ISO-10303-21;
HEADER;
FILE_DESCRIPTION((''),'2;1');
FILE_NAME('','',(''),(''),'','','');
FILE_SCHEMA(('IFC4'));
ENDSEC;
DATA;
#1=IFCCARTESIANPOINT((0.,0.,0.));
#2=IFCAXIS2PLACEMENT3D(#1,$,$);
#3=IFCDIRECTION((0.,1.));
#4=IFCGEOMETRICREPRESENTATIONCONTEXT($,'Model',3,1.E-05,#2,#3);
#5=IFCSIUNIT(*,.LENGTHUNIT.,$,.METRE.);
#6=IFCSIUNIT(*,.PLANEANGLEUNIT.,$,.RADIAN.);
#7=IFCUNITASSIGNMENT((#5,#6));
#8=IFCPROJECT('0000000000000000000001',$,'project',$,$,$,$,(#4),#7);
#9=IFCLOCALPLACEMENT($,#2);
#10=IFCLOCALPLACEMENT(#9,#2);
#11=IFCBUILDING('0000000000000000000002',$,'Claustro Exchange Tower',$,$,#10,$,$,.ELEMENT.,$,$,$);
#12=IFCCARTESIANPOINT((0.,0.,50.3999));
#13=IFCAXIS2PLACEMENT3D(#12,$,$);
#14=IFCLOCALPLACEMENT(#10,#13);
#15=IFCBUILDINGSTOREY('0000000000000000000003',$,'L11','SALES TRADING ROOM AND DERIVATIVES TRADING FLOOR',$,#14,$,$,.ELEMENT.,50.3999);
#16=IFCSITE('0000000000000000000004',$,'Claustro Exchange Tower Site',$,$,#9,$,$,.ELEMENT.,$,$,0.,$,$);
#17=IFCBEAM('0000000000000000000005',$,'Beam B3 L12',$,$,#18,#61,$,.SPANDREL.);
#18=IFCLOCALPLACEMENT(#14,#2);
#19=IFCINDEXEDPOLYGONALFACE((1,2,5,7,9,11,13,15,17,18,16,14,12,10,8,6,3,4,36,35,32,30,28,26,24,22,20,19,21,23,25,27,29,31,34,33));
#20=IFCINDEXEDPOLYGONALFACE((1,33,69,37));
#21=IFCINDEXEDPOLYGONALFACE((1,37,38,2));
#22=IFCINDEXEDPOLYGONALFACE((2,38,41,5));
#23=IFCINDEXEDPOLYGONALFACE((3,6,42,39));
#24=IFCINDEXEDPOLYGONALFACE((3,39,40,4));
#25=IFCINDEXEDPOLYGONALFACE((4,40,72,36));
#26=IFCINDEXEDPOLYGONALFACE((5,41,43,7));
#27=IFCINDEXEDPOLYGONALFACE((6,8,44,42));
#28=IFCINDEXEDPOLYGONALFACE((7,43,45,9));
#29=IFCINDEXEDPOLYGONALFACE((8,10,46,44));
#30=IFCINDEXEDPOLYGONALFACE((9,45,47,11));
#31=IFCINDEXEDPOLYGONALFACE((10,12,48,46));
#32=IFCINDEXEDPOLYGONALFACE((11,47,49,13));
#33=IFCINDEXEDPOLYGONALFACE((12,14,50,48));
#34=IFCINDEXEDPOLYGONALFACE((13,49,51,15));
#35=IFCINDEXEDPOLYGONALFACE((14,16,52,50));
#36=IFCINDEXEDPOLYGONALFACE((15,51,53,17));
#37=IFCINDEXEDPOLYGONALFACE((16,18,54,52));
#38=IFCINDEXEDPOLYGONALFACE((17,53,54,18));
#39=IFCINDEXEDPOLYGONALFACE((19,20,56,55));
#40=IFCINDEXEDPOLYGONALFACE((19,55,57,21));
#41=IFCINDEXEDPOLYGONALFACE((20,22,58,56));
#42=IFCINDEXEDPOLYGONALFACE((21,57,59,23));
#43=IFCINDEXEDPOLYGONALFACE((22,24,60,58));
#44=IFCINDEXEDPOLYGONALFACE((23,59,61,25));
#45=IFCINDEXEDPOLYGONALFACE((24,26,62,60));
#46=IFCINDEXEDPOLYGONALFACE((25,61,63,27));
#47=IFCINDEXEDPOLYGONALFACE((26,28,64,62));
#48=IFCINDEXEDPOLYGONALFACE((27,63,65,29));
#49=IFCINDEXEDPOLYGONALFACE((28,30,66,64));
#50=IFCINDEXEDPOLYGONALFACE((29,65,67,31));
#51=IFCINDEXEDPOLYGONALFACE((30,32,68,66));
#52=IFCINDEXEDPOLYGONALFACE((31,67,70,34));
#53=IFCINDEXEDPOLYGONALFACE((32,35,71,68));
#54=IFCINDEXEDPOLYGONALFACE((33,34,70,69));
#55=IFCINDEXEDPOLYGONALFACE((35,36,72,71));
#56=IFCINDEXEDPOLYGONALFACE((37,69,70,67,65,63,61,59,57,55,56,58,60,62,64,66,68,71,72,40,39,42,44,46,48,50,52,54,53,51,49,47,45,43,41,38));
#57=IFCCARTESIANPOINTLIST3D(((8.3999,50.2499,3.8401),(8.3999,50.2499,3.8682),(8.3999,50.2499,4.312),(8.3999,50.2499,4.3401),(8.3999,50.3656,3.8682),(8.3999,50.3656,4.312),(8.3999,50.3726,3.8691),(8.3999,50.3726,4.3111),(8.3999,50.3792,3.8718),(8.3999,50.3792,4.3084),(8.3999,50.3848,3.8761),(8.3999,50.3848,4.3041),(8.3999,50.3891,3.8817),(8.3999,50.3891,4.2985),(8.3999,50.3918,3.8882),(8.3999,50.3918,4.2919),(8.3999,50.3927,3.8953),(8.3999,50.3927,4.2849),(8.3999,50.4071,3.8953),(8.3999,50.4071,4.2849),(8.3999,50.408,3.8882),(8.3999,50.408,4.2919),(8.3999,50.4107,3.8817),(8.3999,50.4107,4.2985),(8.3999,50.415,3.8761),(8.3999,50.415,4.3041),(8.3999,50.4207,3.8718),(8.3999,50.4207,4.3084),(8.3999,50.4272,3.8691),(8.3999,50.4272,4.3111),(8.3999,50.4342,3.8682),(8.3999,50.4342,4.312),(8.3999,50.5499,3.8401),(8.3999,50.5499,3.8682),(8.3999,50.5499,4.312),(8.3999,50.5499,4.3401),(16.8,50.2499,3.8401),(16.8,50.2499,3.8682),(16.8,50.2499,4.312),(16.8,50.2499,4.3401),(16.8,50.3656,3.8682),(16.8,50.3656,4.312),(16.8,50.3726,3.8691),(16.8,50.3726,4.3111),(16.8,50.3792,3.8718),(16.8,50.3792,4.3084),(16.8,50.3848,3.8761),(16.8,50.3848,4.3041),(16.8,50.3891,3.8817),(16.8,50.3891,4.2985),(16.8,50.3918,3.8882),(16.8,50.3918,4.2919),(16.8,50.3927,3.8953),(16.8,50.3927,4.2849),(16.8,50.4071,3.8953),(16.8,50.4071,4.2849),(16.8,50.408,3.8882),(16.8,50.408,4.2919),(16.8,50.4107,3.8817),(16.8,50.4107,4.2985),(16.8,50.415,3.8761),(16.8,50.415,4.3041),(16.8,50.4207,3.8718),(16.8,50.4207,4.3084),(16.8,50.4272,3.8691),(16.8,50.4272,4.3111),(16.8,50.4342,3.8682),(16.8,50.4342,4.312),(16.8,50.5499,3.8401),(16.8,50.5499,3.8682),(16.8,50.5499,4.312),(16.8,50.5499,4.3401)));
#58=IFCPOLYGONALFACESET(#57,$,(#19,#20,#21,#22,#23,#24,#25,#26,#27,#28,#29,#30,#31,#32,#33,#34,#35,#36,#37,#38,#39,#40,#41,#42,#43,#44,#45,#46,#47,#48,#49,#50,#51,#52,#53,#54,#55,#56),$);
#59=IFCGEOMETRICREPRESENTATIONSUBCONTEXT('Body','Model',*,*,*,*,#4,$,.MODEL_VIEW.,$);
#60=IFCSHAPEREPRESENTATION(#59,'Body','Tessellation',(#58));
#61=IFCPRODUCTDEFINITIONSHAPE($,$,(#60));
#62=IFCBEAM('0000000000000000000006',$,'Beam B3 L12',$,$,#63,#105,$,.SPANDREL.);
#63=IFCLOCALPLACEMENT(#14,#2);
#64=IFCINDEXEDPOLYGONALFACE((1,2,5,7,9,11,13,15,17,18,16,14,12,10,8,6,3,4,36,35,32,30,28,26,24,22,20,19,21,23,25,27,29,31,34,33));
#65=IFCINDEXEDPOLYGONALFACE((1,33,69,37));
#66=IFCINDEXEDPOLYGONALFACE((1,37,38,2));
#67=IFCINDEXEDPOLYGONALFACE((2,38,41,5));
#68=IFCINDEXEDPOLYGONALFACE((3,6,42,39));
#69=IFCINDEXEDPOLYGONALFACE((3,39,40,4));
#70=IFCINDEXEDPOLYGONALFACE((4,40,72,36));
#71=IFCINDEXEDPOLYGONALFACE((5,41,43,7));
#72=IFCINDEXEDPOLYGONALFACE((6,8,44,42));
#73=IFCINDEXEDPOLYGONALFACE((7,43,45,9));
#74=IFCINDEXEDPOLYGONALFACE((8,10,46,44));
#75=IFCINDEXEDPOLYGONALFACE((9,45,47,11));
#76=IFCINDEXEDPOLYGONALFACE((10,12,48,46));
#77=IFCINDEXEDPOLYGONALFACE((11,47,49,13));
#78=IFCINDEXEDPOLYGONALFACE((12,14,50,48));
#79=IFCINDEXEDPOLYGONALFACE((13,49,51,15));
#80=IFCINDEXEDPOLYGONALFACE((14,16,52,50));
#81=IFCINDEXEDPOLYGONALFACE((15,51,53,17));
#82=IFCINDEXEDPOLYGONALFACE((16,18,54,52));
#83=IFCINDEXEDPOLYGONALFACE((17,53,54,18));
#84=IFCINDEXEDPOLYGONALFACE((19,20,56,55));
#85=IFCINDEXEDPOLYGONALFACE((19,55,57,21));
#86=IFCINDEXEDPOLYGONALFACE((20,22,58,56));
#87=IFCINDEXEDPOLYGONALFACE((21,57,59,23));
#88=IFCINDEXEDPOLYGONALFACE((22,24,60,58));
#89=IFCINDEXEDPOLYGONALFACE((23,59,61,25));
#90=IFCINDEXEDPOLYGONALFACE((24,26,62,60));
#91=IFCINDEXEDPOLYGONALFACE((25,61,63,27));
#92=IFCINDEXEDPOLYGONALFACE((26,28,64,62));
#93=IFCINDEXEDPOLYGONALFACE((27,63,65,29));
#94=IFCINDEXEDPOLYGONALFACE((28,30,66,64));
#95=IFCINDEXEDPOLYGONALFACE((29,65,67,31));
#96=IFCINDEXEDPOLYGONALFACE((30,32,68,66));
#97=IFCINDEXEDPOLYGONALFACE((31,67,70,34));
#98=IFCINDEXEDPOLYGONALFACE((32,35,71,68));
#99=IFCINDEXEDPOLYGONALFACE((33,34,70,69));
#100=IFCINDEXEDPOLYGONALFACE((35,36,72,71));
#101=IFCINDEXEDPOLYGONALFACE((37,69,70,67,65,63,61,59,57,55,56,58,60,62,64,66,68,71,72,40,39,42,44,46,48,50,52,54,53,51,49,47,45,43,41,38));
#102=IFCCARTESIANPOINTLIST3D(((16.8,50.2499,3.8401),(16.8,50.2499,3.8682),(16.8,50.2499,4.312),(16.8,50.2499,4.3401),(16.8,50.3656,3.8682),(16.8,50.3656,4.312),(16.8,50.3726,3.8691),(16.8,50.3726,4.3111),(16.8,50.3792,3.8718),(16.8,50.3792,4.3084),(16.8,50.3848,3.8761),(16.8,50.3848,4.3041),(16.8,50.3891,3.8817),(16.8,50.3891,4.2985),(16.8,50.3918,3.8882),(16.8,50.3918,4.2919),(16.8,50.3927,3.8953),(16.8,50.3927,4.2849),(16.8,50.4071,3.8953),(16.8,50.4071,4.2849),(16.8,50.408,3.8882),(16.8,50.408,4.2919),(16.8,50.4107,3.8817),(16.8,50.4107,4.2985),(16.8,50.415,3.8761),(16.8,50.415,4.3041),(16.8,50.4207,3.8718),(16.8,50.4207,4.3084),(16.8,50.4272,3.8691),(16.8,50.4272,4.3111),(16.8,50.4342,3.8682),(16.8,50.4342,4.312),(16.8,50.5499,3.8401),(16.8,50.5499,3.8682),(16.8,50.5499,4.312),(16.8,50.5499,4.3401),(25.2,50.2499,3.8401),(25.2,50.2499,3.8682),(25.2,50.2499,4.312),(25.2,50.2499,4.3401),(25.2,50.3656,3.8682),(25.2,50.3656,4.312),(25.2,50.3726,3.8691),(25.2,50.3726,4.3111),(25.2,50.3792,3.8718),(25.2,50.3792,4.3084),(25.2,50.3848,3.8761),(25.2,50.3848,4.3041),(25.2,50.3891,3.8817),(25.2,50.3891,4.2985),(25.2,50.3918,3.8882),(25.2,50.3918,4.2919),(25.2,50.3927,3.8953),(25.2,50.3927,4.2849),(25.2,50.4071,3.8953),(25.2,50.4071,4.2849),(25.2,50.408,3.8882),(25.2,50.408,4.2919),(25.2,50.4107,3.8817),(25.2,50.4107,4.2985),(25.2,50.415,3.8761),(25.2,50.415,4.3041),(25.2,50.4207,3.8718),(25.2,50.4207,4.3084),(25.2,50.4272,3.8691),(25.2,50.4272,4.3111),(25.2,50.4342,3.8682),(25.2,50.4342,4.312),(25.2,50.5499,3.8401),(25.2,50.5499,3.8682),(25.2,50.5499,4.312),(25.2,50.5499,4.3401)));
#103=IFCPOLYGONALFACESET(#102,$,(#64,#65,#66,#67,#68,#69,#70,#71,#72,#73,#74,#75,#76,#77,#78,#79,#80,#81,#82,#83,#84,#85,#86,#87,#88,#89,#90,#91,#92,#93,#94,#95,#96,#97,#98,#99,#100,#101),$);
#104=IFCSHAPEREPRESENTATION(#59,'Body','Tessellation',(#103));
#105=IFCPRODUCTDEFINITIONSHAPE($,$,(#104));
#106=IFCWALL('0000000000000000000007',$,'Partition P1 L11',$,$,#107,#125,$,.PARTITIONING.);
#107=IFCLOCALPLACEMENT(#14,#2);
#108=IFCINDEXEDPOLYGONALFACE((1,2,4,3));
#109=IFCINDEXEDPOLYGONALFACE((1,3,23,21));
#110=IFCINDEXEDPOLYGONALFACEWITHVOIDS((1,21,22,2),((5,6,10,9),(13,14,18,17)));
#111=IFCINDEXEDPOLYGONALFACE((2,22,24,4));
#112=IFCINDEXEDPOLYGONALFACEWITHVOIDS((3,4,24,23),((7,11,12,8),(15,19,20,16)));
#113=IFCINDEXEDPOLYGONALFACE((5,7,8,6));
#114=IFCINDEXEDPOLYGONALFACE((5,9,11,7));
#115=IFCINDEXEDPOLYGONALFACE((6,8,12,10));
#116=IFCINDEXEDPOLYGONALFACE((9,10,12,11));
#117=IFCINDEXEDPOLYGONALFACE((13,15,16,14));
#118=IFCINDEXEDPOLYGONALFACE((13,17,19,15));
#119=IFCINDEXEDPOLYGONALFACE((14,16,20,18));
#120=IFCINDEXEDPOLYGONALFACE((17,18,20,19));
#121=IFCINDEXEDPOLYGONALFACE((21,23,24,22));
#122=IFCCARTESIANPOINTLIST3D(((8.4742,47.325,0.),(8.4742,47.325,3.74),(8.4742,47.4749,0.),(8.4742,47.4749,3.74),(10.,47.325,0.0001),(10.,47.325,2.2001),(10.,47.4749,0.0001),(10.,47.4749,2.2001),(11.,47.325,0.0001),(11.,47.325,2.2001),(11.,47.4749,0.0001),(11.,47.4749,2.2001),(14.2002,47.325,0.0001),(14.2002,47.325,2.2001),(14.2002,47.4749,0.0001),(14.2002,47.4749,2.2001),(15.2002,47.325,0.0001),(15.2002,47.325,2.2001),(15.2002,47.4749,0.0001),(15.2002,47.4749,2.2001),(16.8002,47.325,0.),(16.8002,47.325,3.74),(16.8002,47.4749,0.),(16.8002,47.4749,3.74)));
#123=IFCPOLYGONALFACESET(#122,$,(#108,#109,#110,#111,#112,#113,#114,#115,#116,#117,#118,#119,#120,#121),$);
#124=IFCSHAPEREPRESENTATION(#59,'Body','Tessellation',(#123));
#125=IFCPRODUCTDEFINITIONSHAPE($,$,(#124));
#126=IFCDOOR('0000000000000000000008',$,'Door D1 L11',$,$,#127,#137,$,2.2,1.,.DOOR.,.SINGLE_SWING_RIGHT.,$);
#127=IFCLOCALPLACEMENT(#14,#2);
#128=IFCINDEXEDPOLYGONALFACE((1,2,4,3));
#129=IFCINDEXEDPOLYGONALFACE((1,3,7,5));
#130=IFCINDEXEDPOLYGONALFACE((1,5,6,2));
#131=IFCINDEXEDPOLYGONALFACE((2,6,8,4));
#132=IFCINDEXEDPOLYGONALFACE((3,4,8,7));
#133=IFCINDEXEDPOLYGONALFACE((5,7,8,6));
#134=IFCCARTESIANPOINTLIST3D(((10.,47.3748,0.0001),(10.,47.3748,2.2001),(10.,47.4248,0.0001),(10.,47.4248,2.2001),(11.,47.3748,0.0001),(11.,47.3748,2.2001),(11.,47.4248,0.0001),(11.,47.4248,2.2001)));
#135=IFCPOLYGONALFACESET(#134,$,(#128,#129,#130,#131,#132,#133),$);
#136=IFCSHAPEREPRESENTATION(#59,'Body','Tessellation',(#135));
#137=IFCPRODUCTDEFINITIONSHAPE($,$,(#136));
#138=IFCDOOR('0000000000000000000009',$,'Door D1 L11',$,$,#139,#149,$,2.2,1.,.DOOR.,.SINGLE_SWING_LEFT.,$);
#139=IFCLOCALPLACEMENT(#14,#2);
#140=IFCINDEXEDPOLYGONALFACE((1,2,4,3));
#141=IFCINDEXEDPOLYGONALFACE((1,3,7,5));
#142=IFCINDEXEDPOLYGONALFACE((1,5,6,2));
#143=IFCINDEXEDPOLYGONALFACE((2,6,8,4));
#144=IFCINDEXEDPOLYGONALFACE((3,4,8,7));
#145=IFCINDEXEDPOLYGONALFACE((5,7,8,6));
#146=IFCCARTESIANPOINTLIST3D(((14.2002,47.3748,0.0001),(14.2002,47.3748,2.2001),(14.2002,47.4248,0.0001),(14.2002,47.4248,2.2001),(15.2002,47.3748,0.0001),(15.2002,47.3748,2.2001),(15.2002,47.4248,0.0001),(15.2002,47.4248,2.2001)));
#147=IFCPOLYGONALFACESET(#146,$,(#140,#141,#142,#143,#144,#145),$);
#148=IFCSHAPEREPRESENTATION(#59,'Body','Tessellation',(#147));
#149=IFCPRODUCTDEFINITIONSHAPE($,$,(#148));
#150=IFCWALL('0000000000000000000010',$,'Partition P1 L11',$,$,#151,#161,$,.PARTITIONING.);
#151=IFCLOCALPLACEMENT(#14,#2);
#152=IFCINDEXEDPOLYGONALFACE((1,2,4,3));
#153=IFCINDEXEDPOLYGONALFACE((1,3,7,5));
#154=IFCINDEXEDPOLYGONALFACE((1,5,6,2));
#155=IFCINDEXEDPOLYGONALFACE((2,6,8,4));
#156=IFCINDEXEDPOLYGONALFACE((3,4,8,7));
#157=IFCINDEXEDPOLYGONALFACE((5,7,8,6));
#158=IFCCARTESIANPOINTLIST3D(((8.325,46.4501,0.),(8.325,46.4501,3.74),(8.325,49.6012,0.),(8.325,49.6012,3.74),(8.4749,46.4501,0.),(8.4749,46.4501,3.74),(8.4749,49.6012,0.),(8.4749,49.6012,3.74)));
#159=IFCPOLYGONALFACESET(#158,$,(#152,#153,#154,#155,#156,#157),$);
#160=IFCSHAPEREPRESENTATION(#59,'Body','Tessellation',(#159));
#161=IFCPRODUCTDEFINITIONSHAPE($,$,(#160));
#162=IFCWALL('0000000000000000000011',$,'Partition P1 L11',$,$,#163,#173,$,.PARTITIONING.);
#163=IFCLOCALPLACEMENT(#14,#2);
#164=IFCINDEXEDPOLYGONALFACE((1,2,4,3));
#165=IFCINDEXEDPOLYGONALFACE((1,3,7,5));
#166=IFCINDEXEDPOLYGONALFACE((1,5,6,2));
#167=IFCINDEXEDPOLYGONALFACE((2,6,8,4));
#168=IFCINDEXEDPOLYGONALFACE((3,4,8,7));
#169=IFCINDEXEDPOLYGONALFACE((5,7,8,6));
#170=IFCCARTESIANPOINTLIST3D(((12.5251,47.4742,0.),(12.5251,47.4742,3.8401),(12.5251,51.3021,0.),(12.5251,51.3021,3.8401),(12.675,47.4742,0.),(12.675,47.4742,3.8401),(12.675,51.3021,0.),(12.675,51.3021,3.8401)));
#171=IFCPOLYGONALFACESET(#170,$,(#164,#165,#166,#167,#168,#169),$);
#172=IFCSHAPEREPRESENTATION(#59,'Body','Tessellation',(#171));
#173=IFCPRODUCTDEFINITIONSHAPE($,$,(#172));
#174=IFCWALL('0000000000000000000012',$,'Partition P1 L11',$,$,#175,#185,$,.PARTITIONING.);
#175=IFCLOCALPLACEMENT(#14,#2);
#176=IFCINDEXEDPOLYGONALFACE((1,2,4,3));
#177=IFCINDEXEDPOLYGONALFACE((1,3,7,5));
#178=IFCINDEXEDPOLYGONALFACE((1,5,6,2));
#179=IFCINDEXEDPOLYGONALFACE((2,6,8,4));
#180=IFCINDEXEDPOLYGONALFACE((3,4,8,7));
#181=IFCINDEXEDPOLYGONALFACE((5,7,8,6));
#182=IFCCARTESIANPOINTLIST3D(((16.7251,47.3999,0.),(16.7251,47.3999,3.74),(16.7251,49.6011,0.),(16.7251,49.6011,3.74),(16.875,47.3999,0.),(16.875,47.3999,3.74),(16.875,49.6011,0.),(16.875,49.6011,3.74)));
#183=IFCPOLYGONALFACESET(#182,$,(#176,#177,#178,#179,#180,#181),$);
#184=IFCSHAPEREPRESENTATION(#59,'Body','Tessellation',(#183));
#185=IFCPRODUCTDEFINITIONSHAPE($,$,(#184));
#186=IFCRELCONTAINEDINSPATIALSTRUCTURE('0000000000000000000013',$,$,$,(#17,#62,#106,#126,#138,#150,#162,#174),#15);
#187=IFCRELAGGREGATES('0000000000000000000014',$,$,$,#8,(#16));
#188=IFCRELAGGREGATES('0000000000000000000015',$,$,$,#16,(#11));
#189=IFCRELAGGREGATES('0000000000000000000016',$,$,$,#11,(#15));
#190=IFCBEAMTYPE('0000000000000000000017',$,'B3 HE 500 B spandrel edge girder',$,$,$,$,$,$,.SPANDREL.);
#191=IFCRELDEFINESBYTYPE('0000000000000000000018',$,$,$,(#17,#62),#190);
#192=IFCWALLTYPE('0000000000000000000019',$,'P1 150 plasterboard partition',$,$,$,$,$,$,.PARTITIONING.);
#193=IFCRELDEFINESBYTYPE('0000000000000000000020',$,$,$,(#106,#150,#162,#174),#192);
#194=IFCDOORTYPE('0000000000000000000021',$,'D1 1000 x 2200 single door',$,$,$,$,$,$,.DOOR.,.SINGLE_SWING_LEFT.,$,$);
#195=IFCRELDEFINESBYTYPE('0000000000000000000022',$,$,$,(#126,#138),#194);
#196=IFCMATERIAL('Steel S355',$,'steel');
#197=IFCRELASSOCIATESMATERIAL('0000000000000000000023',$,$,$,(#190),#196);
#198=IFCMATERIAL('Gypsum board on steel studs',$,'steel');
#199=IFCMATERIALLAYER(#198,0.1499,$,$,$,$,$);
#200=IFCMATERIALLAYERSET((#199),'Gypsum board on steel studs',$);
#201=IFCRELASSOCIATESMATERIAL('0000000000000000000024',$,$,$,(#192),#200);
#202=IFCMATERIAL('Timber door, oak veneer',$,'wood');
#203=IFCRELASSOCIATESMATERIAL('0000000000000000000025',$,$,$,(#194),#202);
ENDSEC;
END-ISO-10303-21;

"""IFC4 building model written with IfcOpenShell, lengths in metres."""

from ifc_helpers import new_model, si_unit, direction, frame, frame_2d, origin, origin_2d, place, context, subcontext, project, spatial, rectangle, i_section, extrude, material, layer, layer_set, material_profile, profile_set, type_object, element, fill, save


model = new_model("IFC4")

# Units and contexts
model_context = context("Model", 3, precision=1e-05, world=origin(), true_north=direction((0.0, 1.0)))
body_context = subcontext(model_context, "Body", "Model", "MODEL_VIEW")
ifc_project = project(units=[si_unit("LENGTHUNIT", "METRE"), si_unit("PLANEANGLEUNIT", "RADIAN")], contexts=[model_context])

# Site, building, storey
site_placement = place(None, origin())
site = spatial("IfcSite", under=ifc_project, at=site_placement, Name="Claustro Exchange Tower Site", CompositionType="ELEMENT", RefElevation=0.0)
building_placement = place(site_placement, origin())
building = spatial("IfcBuilding", under=site, at=building_placement, Name="Claustro Exchange Tower", CompositionType="ELEMENT")
storey_placement = place(building_placement, frame((0.0, 0.0, 50.3999)))
storey = spatial("IfcBuildingStorey", under=building, at=storey_placement, Name="L11", Description="SALES TRADING ROOM AND DERIVATIVES TRADING FLOOR", CompositionType="ELEMENT", Elevation=50.3999)

# Beams
ifc_material_1 = material(Name="Steel S355", Category="steel")
ifc_material_profile_1 = material_profile(ifc_material_1, i_section(OverallWidth=0.3, OverallDepth=0.5, WebThickness=0.0144, FlangeThickness=0.0281, FilletRadius=0.0271, at=origin_2d()), Name="HE 500 B")
ifc_profile_set_1 = profile_set([ifc_material_profile_1], Name="Steel S355")
beam_type_1 = type_object("IfcBeamType", Name="B3 HE 500 B spandrel edge girder", PredefinedType="SPANDREL", material=ifc_profile_set_1)
beam_1_placement = place(storey_placement, frame((8.3999, 50.3999, 4.0901), z_axis=(1.0, 0.0, 0.0), x_axis=(0.0, 1.0, 0.0)))
element("IfcBeam", 1, at=beam_1_placement, inside=storey, type_object=beam_type_1, Name="Beam B3 L12", PredefinedType="SPANDREL", context=body_context, shape_type="SweptSolid", body=[
    extrude(i_section(OverallWidth=0.3, OverallDepth=0.5, WebThickness=0.0144, FlangeThickness=0.0281, FilletRadius=0.0271, at=origin_2d()), origin(), (0.0, 0.0, 1.0), 8.4001),
])
beam_2_placement = place(storey_placement, frame((16.8, 50.3999, 4.0901), z_axis=(1.0, 0.0, 0.0), x_axis=(0.0, 1.0, 0.0)))
element("IfcBeam", 2, at=beam_2_placement, inside=storey, type_object=beam_type_1, Name="Beam B3 L12", PredefinedType="SPANDREL", context=body_context, shape_type="SweptSolid", body=[
    extrude(i_section(OverallWidth=0.3, OverallDepth=0.5, WebThickness=0.0144, FlangeThickness=0.0281, FilletRadius=0.0271, at=origin_2d()), origin(), (0.0, 0.0, 1.0), 8.3999),
])

# Wall, openings, doors
ifc_material_2 = material(Name="Gypsum board on steel studs", Category="steel")
ifc_layer_1 = layer(ifc_material_2, 0.1499)
ifc_layer_set_1 = layer_set([ifc_layer_1], Name="Gypsum board on steel studs")
wall_type_1 = type_object("IfcWallType", Name="P1 150 plasterboard partition", PredefinedType="PARTITIONING", material=ifc_layer_set_1)
wall_1_placement = place(storey_placement, frame((8.4741, 47.3999, 0.0), z_axis=(0.0, 0.0, 1.0), x_axis=(1.0, 0.0, 0.0)))
wall_1 = element("IfcWall", 3, at=wall_1_placement, inside=storey, type_object=wall_type_1, Name="Partition P1 L11", PredefinedType="PARTITIONING", context=body_context, shape_type="SweptSolid", body=[
    extrude(rectangle(XDim=8.3259, YDim=0.1499, at=frame_2d((4.1631, 0.0))), origin(), (0.0, 0.0, 1.0), 3.74),
])
opening_1_placement = place(wall_1_placement, frame((1.5259, 0.0, 0.0)))
opening_1 = element("IfcOpeningElement", 4, at=opening_1_placement, cuts=wall_1, PredefinedType="OPENING", context=body_context, shape_type="SweptSolid", body=[
    extrude(rectangle(XDim=1.0, YDim=2.2, at=frame_2d((0.5, 1.1001))), frame((0.0, 0.085, 0.0), z_axis=(0.0, -1.0, 0.0), x_axis=(1.0, 0.0, 0.0)), (0.0, 0.0, 1.0), 0.1699),
])
opening_2_placement = place(wall_1_placement, frame((5.7261, 0.0, 0.0)))
opening_2 = element("IfcOpeningElement", 5, at=opening_2_placement, cuts=wall_1, PredefinedType="OPENING", context=body_context, shape_type="SweptSolid", body=[
    extrude(rectangle(XDim=1.0, YDim=2.2, at=frame_2d((0.5, 1.1001))), frame((0.0, 0.085, 0.0), z_axis=(0.0, -1.0, 0.0), x_axis=(1.0, 0.0, 0.0)), (0.0, 0.0, 1.0), 0.1699),
])
ifc_material_3 = material(Name="Timber door, oak veneer", Category="wood")
door_type = type_object("IfcDoorType", Name="D1 1000 x 2200 single door", OperationType="SINGLE_SWING_LEFT", PredefinedType="DOOR", material=ifc_material_3)
door_1_placement = place(opening_1_placement, origin())
door_1 = element("IfcDoor", 6, at=door_1_placement, inside=storey, type_object=door_type, Name="Door D1 L11", OperationType="SINGLE_SWING_RIGHT", OverallHeight=2.2, OverallWidth=1.0, PredefinedType="DOOR", context=body_context, shape_type="SweptSolid", body=[
    extrude(rectangle(XDim=1.0, YDim=2.2, at=frame_2d((0.5, 1.1001))), frame((0.0, 0.0249, 0.0), z_axis=(0.0, -1.0, 0.0), x_axis=(1.0, 0.0, 0.0)), (0.0, 0.0, 1.0), 0.05),
])
fill(opening_1, door_1)
door_2_placement = place(opening_2_placement, origin())
door_2 = element("IfcDoor", 7, at=door_2_placement, inside=storey, type_object=door_type, Name="Door D1 L11", OperationType="SINGLE_SWING_LEFT", OverallHeight=2.2, OverallWidth=1.0, PredefinedType="DOOR", context=body_context, shape_type="SweptSolid", body=[
    extrude(rectangle(XDim=1.0, YDim=2.2, at=frame_2d((0.5, 1.1001))), frame((0.0, 0.0249, 0.0), z_axis=(0.0, -1.0, 0.0), x_axis=(1.0, 0.0, 0.0)), (0.0, 0.0, 1.0), 0.05),
])
fill(opening_2, door_2)

# Walls
wall_2_placement = place(storey_placement, frame((8.3999, 46.45, 0.0), z_axis=(0.0, 0.0, 1.0), x_axis=(0.0, 1.0, 0.0)))
element("IfcWall", 8, at=wall_2_placement, inside=storey, type_object=wall_type_1, Name="Partition P1 L11", PredefinedType="PARTITIONING", context=body_context, shape_type="SweptSolid", body=[
    extrude(rectangle(XDim=3.1511, YDim=0.1499, at=frame_2d((1.5757, 0.0))), origin(), (0.0, 0.0, 1.0), 3.74),
])
wall_3_placement = place(storey_placement, frame((12.6001, 47.4741, 0.0), z_axis=(0.0, 0.0, 1.0), x_axis=(0.0, 1.0, 0.0)))
element("IfcWall", 9, at=wall_3_placement, inside=storey, type_object=wall_type_1, Name="Partition P1 L11", PredefinedType="PARTITIONING", context=body_context, shape_type="SweptSolid", body=[
    extrude(rectangle(XDim=3.8279, YDim=0.1499, at=frame_2d((1.9141, 0.0))), origin(), (0.0, 0.0, 1.0), 3.8401),
])
wall_4_placement = place(storey_placement, frame((16.8, 47.3999, 0.0), z_axis=(0.0, 0.0, 1.0), x_axis=(0.0, 1.0, 0.0)))
element("IfcWall", 10, at=wall_4_placement, inside=storey, type_object=wall_type_1, Name="Partition P1 L11", PredefinedType="PARTITIONING", context=body_context, shape_type="SweptSolid", body=[
    extrude(rectangle(XDim=2.2012, YDim=0.1499, at=frame_2d((1.1006, 0.0))), origin(), (0.0, 0.0, 1.0), 3.74),
])

save(model, "model.ifc")
